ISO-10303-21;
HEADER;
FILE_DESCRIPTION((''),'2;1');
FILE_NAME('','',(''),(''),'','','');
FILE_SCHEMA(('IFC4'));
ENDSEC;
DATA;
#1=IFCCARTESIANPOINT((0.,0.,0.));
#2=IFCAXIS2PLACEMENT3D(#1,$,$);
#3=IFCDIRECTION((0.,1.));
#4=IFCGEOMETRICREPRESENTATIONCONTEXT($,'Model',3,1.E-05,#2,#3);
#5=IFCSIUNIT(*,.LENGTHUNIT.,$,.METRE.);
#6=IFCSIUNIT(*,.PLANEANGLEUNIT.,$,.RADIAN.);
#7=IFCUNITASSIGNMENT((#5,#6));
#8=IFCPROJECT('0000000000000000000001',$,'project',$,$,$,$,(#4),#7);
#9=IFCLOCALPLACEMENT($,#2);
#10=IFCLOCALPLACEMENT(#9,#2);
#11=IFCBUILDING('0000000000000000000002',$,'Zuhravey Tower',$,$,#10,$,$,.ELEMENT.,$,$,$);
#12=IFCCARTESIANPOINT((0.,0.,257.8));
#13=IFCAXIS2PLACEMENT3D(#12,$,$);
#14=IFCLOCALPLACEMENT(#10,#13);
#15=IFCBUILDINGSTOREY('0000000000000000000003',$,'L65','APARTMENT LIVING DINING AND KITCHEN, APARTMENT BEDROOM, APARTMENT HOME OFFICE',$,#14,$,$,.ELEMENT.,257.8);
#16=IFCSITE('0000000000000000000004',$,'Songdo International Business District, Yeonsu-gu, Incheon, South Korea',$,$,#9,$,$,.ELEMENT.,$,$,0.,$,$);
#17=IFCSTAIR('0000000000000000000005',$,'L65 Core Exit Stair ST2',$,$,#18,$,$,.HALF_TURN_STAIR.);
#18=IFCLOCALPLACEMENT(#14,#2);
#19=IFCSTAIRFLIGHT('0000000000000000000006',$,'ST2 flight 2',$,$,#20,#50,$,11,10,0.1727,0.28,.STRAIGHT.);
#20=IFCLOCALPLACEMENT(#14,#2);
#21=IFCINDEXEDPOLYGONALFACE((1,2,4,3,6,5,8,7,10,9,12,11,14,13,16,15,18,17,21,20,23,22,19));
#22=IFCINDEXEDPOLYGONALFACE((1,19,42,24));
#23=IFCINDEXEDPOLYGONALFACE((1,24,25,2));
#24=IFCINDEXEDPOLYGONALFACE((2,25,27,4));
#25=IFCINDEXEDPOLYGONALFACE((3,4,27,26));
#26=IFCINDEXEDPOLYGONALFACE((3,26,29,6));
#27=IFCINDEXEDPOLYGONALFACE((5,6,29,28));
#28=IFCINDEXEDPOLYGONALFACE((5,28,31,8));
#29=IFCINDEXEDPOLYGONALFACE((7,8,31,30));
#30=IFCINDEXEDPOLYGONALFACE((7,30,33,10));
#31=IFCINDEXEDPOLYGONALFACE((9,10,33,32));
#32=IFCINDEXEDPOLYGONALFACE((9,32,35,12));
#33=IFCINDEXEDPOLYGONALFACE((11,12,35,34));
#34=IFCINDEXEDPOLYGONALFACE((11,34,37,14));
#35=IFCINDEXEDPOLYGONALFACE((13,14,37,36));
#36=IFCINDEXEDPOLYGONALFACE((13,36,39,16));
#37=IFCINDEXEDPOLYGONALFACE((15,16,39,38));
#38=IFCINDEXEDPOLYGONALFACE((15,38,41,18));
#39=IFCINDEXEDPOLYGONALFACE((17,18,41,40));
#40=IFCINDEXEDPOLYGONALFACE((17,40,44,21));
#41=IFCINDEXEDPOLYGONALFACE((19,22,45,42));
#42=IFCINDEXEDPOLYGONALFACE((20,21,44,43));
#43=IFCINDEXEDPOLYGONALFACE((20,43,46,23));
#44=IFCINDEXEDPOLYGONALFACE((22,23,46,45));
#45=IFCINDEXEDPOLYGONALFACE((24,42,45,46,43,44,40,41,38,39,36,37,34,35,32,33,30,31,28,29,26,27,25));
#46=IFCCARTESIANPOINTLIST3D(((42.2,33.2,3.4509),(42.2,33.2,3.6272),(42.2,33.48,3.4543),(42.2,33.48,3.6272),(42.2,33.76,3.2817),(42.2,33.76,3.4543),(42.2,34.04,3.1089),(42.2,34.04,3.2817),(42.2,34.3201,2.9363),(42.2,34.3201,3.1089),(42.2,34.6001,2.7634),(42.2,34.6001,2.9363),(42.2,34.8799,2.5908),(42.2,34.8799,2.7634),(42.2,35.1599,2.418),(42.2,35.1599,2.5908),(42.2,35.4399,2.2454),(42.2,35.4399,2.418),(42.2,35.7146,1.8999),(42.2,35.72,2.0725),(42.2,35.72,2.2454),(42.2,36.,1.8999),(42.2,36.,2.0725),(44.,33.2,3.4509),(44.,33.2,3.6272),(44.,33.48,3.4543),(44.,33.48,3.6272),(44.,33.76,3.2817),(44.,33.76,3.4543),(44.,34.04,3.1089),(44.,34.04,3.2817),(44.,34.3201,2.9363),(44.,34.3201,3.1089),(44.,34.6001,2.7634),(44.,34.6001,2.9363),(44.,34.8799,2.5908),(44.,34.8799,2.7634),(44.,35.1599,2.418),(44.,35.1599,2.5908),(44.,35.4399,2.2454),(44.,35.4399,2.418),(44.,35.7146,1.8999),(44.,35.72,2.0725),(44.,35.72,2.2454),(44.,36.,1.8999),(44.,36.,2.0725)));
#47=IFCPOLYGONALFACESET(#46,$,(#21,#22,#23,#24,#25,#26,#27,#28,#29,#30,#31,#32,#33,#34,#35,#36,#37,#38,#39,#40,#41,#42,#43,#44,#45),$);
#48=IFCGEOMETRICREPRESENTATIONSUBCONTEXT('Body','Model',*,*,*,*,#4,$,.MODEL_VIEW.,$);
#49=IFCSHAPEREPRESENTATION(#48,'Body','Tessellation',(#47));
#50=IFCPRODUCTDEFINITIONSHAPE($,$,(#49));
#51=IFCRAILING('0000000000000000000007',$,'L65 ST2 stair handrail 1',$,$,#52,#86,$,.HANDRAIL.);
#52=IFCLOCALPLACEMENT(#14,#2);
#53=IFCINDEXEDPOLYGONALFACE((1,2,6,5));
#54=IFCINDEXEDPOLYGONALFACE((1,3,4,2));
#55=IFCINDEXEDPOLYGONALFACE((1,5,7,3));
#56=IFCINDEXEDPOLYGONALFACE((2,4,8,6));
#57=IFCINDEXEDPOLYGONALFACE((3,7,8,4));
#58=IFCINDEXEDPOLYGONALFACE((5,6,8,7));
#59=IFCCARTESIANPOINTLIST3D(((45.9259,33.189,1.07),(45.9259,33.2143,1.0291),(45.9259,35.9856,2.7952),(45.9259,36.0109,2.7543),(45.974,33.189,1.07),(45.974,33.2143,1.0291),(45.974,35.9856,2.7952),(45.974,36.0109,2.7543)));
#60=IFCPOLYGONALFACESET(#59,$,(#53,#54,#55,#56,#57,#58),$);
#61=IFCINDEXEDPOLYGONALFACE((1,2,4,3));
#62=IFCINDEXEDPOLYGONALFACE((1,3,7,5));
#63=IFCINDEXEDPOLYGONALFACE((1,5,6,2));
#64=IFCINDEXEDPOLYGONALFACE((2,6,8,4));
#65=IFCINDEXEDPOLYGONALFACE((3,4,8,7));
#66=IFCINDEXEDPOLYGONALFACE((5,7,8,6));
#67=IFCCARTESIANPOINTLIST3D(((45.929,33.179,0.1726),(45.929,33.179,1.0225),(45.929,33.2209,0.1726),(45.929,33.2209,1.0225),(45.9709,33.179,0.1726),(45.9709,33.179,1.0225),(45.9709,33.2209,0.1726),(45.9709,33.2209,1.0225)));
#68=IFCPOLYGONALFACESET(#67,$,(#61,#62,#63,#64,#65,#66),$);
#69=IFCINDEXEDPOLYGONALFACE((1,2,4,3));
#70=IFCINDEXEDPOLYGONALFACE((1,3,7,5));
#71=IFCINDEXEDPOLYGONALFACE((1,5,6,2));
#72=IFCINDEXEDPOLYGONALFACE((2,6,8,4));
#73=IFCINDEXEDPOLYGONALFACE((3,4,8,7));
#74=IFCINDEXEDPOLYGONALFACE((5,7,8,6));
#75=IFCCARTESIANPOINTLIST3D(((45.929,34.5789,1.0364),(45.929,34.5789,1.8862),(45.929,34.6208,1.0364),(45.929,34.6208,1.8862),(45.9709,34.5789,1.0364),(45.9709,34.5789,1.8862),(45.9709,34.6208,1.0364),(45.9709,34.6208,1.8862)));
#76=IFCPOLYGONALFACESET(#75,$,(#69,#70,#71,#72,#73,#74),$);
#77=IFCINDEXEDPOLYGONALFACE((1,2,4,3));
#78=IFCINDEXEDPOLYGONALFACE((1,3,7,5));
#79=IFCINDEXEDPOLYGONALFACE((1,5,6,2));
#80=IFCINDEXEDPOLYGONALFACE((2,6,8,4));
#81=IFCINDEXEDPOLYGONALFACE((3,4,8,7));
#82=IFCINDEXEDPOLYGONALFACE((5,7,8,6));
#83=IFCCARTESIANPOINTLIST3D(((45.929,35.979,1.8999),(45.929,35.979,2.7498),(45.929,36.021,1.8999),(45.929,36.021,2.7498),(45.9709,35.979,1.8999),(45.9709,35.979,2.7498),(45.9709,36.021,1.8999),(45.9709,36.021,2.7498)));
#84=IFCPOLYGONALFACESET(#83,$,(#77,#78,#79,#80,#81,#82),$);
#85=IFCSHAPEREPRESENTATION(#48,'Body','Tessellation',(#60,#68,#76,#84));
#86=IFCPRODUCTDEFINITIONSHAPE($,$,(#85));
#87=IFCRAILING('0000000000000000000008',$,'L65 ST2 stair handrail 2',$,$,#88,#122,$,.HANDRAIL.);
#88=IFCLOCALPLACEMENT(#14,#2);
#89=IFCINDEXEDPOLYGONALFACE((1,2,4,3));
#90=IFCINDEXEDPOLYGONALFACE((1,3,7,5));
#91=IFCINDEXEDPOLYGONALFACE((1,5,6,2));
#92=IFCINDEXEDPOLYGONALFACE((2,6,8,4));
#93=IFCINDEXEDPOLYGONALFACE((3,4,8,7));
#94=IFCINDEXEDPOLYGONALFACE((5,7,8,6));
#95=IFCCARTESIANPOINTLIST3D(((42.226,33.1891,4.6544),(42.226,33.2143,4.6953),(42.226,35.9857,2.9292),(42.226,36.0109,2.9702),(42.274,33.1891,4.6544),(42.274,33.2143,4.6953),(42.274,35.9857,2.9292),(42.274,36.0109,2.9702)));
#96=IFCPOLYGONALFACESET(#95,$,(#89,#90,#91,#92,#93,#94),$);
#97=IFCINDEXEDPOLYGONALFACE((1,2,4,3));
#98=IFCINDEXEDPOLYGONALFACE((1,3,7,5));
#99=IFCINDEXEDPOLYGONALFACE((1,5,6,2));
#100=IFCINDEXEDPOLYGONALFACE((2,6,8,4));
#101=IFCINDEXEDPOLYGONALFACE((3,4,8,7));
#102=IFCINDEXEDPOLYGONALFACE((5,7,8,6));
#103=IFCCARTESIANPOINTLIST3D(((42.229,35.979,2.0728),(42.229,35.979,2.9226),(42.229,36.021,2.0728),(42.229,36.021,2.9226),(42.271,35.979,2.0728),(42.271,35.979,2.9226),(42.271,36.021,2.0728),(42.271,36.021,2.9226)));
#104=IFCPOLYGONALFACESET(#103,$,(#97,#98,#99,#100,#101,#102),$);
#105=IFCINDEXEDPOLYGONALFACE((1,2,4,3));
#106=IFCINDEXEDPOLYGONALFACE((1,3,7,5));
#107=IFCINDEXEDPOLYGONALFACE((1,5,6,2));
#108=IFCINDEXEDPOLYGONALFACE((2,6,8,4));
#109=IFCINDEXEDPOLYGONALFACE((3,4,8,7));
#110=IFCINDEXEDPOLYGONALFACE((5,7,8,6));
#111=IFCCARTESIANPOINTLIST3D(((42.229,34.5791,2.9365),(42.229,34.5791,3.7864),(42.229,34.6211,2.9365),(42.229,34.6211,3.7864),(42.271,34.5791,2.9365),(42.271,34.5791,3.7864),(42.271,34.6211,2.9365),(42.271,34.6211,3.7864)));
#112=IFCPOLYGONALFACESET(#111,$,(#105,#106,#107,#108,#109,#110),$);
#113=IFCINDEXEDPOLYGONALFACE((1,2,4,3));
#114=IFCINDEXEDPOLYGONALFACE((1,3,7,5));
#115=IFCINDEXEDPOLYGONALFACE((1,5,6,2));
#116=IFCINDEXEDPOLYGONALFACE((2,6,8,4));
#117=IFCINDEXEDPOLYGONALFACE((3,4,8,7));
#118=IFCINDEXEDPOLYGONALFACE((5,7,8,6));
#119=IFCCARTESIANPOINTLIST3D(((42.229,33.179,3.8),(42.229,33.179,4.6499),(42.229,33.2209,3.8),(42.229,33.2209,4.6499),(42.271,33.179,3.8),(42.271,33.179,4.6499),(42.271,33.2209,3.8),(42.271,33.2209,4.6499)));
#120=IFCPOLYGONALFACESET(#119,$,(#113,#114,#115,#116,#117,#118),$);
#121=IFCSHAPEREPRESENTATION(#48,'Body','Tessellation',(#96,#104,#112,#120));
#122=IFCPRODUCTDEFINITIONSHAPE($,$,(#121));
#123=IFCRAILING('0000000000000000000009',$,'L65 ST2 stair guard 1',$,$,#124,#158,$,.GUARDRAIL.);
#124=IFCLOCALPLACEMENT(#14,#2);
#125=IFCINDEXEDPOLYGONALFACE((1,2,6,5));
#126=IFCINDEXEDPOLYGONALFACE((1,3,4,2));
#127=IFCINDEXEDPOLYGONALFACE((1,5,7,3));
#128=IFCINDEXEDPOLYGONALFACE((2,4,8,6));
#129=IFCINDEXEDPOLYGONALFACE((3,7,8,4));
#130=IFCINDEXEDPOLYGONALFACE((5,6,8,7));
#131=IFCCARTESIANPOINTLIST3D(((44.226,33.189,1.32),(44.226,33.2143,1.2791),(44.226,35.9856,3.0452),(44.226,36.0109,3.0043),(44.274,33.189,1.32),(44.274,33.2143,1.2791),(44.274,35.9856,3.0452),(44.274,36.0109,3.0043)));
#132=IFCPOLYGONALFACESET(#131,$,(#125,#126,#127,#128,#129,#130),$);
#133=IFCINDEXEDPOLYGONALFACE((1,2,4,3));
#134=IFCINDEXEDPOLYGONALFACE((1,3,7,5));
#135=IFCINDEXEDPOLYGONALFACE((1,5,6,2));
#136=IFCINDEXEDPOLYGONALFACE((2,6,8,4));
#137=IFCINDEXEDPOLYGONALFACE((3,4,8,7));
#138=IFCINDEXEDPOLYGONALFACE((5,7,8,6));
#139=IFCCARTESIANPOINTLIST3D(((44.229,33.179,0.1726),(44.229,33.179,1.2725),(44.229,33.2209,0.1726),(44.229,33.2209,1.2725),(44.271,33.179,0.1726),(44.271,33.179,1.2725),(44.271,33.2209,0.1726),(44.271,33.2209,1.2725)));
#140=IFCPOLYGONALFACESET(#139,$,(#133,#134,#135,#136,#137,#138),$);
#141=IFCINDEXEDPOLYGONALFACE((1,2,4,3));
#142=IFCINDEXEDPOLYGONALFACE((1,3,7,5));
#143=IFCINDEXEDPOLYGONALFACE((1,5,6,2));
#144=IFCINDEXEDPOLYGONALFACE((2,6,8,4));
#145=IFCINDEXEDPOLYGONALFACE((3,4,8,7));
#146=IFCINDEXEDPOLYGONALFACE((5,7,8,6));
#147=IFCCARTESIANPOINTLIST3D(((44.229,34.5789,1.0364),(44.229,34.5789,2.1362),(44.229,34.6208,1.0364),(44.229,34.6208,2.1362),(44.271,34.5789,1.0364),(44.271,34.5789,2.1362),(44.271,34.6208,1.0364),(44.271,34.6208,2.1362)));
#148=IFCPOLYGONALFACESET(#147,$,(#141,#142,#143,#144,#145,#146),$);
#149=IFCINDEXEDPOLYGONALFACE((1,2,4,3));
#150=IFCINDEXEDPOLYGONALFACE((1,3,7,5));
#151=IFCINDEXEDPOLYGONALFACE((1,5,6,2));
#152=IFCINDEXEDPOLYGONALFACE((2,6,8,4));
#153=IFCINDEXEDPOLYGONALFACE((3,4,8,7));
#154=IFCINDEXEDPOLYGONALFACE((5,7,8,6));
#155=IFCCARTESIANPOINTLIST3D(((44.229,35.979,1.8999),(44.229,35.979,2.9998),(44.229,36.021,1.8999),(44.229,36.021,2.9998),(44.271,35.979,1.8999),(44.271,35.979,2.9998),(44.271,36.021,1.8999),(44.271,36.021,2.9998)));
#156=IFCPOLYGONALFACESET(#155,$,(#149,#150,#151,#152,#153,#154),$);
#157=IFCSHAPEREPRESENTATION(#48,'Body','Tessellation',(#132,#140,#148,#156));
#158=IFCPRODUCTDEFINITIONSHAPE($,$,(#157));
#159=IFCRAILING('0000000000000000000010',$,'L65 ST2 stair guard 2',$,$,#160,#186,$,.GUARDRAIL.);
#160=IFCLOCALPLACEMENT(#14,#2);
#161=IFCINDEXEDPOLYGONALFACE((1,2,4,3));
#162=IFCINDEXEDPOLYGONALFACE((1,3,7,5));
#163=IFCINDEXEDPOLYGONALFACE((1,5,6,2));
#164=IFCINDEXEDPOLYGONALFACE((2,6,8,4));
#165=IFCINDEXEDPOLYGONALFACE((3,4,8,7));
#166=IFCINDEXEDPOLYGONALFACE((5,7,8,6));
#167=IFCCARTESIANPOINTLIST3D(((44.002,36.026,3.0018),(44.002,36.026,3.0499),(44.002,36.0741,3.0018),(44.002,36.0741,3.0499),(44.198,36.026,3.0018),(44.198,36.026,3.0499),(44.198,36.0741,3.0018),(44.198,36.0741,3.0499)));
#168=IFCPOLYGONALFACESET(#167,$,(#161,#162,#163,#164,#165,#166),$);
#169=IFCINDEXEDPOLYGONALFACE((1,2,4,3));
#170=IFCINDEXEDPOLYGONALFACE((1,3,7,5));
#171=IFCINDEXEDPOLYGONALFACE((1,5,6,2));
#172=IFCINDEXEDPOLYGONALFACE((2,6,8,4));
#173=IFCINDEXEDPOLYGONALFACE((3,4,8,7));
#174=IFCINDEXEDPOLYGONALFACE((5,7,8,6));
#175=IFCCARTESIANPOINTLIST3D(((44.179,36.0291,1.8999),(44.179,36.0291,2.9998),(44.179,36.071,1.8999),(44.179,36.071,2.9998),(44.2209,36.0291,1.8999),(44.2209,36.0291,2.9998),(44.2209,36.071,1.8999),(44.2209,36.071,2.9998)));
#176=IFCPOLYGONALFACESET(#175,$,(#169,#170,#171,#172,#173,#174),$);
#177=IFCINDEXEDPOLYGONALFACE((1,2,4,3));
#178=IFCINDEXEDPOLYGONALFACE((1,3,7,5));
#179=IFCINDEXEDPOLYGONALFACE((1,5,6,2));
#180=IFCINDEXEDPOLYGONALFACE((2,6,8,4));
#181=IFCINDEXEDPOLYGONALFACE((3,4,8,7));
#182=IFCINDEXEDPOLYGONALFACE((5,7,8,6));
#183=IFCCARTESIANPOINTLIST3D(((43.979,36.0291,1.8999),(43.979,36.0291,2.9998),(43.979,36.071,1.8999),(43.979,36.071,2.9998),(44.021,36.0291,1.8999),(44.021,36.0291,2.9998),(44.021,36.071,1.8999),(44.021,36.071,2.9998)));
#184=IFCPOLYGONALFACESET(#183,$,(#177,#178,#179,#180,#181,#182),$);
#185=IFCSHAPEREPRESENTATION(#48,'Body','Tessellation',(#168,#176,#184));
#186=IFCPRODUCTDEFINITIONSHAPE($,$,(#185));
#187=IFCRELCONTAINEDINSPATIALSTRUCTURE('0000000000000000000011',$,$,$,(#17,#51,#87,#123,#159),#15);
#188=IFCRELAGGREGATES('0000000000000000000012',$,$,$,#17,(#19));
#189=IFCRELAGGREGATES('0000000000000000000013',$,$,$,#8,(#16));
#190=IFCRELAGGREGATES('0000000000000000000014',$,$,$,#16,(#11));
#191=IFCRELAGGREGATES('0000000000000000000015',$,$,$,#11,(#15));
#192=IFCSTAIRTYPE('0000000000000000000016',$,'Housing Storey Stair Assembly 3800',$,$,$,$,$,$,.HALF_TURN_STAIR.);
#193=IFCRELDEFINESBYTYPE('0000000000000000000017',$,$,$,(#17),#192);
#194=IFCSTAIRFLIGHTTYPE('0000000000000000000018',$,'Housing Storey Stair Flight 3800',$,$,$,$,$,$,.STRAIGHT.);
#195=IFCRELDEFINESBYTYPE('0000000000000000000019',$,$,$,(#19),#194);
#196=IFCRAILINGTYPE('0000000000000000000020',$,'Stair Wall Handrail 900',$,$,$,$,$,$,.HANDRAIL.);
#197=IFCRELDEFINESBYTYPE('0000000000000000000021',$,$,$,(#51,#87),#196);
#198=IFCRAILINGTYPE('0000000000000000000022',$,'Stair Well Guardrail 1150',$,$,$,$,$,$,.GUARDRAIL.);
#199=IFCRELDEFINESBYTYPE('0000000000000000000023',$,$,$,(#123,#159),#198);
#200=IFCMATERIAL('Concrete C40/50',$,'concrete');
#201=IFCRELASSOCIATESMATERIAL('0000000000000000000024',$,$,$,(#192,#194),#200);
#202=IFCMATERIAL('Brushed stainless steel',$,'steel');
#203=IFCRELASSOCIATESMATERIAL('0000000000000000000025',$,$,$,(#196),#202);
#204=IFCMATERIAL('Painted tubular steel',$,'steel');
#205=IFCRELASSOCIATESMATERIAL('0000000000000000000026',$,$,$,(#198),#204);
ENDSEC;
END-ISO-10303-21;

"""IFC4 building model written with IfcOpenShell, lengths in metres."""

from ifc_helpers import new_model, si_unit, direction, frame, origin, origin_2d, place, context, subcontext, project, spatial, polyline, rectangle, outline, extrude, material, type_object, element, aggregate, save


model = new_model("IFC4")

# Units and contexts
model_context = context("Model", 3, precision=1e-05, world=origin(), true_north=direction((0.0, 1.0)))
body_context = subcontext(model_context, "Body", "Model", "MODEL_VIEW")
ifc_project = project(units=[si_unit("LENGTHUNIT", "METRE"), si_unit("PLANEANGLEUNIT", "RADIAN")], contexts=[model_context])

# Site, building, storey
site_placement = place(None, origin())
site = spatial("IfcSite", under=ifc_project, at=site_placement, Name="Songdo International Business District, Yeonsu-gu, Incheon, South Korea", CompositionType="ELEMENT", RefElevation=0.0)
building_placement = place(site_placement, origin())
building = spatial("IfcBuilding", under=site, at=building_placement, Name="Zuhravey Tower", CompositionType="ELEMENT")
storey_placement = place(building_placement, frame((0.0, 0.0, 257.8)))
storey = spatial("IfcBuildingStorey", under=building, at=storey_placement, Name="L65", Description="APARTMENT LIVING DINING AND KITCHEN, APARTMENT BEDROOM, APARTMENT HOME OFFICE", CompositionType="ELEMENT", Elevation=257.8)

# Shared definitions
ifc_material_1 = material(Name="Brushed stainless steel", Category="steel")

# Stair, stair flight
ifc_material_2 = material(Name="Concrete C40/50", Category="concrete")
stair_type = type_object("IfcStairType", Name="Housing Storey Stair Assembly 3800", PredefinedType="HALF_TURN_STAIR", material=ifc_material_2)
stair_placement = place(storey_placement, origin())
stair = element("IfcStair", 1, at=stair_placement, inside=storey, type_object=stair_type, Name="L65 Core Exit Stair ST2", PredefinedType="HALF_TURN_STAIR")
stair_flight_type = type_object("IfcStairFlightType", Name="Housing Storey Stair Flight 3800", PredefinedType="STRAIGHT", material=ifc_material_2)
stair_flight_1_placement = place(storey_placement, frame((43.1001, 36.0, 1.8999), z_axis=(0.0, 0.0, 1.0), x_axis=(0.0, -1.0, 0.0)))
stair_flight_1 = element("IfcStairFlight", 2, at=stair_flight_1_placement, type_object=stair_flight_type, Name="ST2 flight 2", NumberOfRisers=11, NumberOfTreads=10, PredefinedType="STRAIGHT", RiserHeight=0.1727, TreadLength=0.28, context=body_context, shape_type="SweptSolid", body=[
    extrude(outline(polyline([(0.0, 0.0), (0.0, 0.1726), (0.28, 0.1726), (0.28, 0.3455), (0.5601, 0.3455), (0.5601, 0.5181), (0.8401, 0.5181), (0.8401, 0.6909), (1.1201, 0.6909), (1.1201, 0.8635), (1.3999, 0.8635), (1.3999, 1.0364), (1.6799, 1.0364), (1.6799, 1.209), (1.96, 1.209), (1.96, 1.3818), (2.24, 1.3818), (2.24, 1.5544), (2.52, 1.5544), (2.52, 1.7273), (2.8, 1.7273), (2.8, 1.8999), (2.8, 1.551), (0.2854, 0.0), (0.0, 0.0)])), frame((0.0, 0.8999, 0.0), z_axis=(0.0, -1.0, 0.0), x_axis=(1.0, 0.0, 0.0)), (0.0, 0.0, 1.0), 1.8),
])
aggregate(stair, [stair_flight_1])

# Railings
railing_type_1 = type_object("IfcRailingType", Name="Stair Wall Handrail 900", PredefinedType="HANDRAIL", material=ifc_material_1)
railing_1_placement = place(storey_placement, frame((45.95, 33.2, 0.1726)))
element("IfcRailing", 3, at=railing_1_placement, inside=storey, type_object=railing_type_1, Name="L65 ST2 stair handrail 1", PredefinedType="HANDRAIL", context=body_context, shape_type="SweptSolid", body=[
    extrude(rectangle(XDim=0.0481, YDim=0.0481, at=origin_2d()), frame((0.0, 0.0017, 0.877), z_axis=(0.0, 0.85109, 0.52502), x_axis=(-1.0, 0.0, 0.0)), (0.0, 0.0, 1.0), 3.2859),
    extrude(rectangle(XDim=0.042, YDim=0.042, at=origin_2d()), origin(), (0.0, 0.0, 1.0), 0.8499),
    extrude(rectangle(XDim=0.042, YDim=0.042, at=origin_2d()), frame((0.0, 1.3999, 0.8638)), (0.0, 0.0, 1.0), 0.8499),
    extrude(rectangle(XDim=0.042, YDim=0.042, at=origin_2d()), frame((0.0, 2.8, 1.7273)), (0.0, 0.0, 1.0), 0.8499),
])
railing_2_placement = place(storey_placement, frame((42.25, 36.0, 2.0728)))
element("IfcRailing", 4, at=railing_2_placement, inside=storey, type_object=railing_type_1, Name="L65 ST2 stair handrail 2", PredefinedType="HANDRAIL", context=body_context, shape_type="SweptSolid", body=[
    extrude(rectangle(XDim=0.0481, YDim=0.0481, at=origin_2d()), frame((0.0, -0.0017, 0.877), z_axis=(0.0, -0.85109, 0.52502), x_axis=(1.0, 0.0, 0.0)), (0.0, 0.0, 1.0), 3.2859),
    extrude(rectangle(XDim=0.042, YDim=0.042, at=origin_2d()), origin(), (0.0, 0.0, 1.0), 0.8499),
    extrude(rectangle(XDim=0.042, YDim=0.042, at=origin_2d()), frame((0.0, -1.3999, 0.8638)), (0.0, 0.0, 1.0), 0.8499),
    extrude(rectangle(XDim=0.042, YDim=0.042, at=origin_2d()), frame((0.0, -2.8, 1.7273)), (0.0, 0.0, 1.0), 0.8499),
])
ifc_material_3 = material(Name="Painted tubular steel", Category="steel")
railing_type_2 = type_object("IfcRailingType", Name="Stair Well Guardrail 1150", PredefinedType="GUARDRAIL", material=ifc_material_3)
railing_3_placement = place(storey_placement, frame((44.25, 33.2, 0.1726)))
element("IfcRailing", 5, at=railing_3_placement, inside=storey, type_object=railing_type_2, Name="L65 ST2 stair guard 1", PredefinedType="GUARDRAIL", context=body_context, shape_type="SweptSolid", body=[
    extrude(rectangle(XDim=0.0481, YDim=0.0481, at=origin_2d()), frame((0.0, 0.0017, 1.127), z_axis=(0.0, 0.85109, 0.52502), x_axis=(-1.0, 0.0, 0.0)), (0.0, 0.0, 1.0), 3.2859),
    extrude(rectangle(XDim=0.042, YDim=0.042, at=origin_2d()), origin(), (0.0, 0.0, 1.0), 1.0999),
    extrude(rectangle(XDim=0.042, YDim=0.042, at=origin_2d()), frame((0.0, 1.3999, 0.8638)), (0.0, 0.0, 1.0), 1.0999),
    extrude(rectangle(XDim=0.042, YDim=0.042, at=origin_2d()), frame((0.0, 2.8, 1.7273)), (0.0, 0.0, 1.0), 1.0999),
])
railing_4_placement = place(storey_placement, frame((44.2, 36.05, 1.8999)))
element("IfcRailing", 6, at=railing_4_placement, inside=storey, type_object=railing_type_2, Name="L65 ST2 stair guard 2", PredefinedType="GUARDRAIL", context=body_context, shape_type="SweptSolid", body=[
    extrude(rectangle(XDim=0.0481, YDim=0.0481, at=origin_2d()), frame((-0.002, 0.0, 1.126), z_axis=(-1.0, 0.0, 0.0), x_axis=(0.0, -1.0, 0.0)), (0.0, 0.0, 1.0), 0.196),
    extrude(rectangle(XDim=0.042, YDim=0.042, at=origin_2d()), origin(), (0.0, 0.0, 1.0), 1.0999),
    extrude(rectangle(XDim=0.042, YDim=0.042, at=origin_2d()), frame((-0.2, 0.0, 0.0)), (0.0, 0.0, 1.0), 1.0999),
])

save(model, "model.ifc")
